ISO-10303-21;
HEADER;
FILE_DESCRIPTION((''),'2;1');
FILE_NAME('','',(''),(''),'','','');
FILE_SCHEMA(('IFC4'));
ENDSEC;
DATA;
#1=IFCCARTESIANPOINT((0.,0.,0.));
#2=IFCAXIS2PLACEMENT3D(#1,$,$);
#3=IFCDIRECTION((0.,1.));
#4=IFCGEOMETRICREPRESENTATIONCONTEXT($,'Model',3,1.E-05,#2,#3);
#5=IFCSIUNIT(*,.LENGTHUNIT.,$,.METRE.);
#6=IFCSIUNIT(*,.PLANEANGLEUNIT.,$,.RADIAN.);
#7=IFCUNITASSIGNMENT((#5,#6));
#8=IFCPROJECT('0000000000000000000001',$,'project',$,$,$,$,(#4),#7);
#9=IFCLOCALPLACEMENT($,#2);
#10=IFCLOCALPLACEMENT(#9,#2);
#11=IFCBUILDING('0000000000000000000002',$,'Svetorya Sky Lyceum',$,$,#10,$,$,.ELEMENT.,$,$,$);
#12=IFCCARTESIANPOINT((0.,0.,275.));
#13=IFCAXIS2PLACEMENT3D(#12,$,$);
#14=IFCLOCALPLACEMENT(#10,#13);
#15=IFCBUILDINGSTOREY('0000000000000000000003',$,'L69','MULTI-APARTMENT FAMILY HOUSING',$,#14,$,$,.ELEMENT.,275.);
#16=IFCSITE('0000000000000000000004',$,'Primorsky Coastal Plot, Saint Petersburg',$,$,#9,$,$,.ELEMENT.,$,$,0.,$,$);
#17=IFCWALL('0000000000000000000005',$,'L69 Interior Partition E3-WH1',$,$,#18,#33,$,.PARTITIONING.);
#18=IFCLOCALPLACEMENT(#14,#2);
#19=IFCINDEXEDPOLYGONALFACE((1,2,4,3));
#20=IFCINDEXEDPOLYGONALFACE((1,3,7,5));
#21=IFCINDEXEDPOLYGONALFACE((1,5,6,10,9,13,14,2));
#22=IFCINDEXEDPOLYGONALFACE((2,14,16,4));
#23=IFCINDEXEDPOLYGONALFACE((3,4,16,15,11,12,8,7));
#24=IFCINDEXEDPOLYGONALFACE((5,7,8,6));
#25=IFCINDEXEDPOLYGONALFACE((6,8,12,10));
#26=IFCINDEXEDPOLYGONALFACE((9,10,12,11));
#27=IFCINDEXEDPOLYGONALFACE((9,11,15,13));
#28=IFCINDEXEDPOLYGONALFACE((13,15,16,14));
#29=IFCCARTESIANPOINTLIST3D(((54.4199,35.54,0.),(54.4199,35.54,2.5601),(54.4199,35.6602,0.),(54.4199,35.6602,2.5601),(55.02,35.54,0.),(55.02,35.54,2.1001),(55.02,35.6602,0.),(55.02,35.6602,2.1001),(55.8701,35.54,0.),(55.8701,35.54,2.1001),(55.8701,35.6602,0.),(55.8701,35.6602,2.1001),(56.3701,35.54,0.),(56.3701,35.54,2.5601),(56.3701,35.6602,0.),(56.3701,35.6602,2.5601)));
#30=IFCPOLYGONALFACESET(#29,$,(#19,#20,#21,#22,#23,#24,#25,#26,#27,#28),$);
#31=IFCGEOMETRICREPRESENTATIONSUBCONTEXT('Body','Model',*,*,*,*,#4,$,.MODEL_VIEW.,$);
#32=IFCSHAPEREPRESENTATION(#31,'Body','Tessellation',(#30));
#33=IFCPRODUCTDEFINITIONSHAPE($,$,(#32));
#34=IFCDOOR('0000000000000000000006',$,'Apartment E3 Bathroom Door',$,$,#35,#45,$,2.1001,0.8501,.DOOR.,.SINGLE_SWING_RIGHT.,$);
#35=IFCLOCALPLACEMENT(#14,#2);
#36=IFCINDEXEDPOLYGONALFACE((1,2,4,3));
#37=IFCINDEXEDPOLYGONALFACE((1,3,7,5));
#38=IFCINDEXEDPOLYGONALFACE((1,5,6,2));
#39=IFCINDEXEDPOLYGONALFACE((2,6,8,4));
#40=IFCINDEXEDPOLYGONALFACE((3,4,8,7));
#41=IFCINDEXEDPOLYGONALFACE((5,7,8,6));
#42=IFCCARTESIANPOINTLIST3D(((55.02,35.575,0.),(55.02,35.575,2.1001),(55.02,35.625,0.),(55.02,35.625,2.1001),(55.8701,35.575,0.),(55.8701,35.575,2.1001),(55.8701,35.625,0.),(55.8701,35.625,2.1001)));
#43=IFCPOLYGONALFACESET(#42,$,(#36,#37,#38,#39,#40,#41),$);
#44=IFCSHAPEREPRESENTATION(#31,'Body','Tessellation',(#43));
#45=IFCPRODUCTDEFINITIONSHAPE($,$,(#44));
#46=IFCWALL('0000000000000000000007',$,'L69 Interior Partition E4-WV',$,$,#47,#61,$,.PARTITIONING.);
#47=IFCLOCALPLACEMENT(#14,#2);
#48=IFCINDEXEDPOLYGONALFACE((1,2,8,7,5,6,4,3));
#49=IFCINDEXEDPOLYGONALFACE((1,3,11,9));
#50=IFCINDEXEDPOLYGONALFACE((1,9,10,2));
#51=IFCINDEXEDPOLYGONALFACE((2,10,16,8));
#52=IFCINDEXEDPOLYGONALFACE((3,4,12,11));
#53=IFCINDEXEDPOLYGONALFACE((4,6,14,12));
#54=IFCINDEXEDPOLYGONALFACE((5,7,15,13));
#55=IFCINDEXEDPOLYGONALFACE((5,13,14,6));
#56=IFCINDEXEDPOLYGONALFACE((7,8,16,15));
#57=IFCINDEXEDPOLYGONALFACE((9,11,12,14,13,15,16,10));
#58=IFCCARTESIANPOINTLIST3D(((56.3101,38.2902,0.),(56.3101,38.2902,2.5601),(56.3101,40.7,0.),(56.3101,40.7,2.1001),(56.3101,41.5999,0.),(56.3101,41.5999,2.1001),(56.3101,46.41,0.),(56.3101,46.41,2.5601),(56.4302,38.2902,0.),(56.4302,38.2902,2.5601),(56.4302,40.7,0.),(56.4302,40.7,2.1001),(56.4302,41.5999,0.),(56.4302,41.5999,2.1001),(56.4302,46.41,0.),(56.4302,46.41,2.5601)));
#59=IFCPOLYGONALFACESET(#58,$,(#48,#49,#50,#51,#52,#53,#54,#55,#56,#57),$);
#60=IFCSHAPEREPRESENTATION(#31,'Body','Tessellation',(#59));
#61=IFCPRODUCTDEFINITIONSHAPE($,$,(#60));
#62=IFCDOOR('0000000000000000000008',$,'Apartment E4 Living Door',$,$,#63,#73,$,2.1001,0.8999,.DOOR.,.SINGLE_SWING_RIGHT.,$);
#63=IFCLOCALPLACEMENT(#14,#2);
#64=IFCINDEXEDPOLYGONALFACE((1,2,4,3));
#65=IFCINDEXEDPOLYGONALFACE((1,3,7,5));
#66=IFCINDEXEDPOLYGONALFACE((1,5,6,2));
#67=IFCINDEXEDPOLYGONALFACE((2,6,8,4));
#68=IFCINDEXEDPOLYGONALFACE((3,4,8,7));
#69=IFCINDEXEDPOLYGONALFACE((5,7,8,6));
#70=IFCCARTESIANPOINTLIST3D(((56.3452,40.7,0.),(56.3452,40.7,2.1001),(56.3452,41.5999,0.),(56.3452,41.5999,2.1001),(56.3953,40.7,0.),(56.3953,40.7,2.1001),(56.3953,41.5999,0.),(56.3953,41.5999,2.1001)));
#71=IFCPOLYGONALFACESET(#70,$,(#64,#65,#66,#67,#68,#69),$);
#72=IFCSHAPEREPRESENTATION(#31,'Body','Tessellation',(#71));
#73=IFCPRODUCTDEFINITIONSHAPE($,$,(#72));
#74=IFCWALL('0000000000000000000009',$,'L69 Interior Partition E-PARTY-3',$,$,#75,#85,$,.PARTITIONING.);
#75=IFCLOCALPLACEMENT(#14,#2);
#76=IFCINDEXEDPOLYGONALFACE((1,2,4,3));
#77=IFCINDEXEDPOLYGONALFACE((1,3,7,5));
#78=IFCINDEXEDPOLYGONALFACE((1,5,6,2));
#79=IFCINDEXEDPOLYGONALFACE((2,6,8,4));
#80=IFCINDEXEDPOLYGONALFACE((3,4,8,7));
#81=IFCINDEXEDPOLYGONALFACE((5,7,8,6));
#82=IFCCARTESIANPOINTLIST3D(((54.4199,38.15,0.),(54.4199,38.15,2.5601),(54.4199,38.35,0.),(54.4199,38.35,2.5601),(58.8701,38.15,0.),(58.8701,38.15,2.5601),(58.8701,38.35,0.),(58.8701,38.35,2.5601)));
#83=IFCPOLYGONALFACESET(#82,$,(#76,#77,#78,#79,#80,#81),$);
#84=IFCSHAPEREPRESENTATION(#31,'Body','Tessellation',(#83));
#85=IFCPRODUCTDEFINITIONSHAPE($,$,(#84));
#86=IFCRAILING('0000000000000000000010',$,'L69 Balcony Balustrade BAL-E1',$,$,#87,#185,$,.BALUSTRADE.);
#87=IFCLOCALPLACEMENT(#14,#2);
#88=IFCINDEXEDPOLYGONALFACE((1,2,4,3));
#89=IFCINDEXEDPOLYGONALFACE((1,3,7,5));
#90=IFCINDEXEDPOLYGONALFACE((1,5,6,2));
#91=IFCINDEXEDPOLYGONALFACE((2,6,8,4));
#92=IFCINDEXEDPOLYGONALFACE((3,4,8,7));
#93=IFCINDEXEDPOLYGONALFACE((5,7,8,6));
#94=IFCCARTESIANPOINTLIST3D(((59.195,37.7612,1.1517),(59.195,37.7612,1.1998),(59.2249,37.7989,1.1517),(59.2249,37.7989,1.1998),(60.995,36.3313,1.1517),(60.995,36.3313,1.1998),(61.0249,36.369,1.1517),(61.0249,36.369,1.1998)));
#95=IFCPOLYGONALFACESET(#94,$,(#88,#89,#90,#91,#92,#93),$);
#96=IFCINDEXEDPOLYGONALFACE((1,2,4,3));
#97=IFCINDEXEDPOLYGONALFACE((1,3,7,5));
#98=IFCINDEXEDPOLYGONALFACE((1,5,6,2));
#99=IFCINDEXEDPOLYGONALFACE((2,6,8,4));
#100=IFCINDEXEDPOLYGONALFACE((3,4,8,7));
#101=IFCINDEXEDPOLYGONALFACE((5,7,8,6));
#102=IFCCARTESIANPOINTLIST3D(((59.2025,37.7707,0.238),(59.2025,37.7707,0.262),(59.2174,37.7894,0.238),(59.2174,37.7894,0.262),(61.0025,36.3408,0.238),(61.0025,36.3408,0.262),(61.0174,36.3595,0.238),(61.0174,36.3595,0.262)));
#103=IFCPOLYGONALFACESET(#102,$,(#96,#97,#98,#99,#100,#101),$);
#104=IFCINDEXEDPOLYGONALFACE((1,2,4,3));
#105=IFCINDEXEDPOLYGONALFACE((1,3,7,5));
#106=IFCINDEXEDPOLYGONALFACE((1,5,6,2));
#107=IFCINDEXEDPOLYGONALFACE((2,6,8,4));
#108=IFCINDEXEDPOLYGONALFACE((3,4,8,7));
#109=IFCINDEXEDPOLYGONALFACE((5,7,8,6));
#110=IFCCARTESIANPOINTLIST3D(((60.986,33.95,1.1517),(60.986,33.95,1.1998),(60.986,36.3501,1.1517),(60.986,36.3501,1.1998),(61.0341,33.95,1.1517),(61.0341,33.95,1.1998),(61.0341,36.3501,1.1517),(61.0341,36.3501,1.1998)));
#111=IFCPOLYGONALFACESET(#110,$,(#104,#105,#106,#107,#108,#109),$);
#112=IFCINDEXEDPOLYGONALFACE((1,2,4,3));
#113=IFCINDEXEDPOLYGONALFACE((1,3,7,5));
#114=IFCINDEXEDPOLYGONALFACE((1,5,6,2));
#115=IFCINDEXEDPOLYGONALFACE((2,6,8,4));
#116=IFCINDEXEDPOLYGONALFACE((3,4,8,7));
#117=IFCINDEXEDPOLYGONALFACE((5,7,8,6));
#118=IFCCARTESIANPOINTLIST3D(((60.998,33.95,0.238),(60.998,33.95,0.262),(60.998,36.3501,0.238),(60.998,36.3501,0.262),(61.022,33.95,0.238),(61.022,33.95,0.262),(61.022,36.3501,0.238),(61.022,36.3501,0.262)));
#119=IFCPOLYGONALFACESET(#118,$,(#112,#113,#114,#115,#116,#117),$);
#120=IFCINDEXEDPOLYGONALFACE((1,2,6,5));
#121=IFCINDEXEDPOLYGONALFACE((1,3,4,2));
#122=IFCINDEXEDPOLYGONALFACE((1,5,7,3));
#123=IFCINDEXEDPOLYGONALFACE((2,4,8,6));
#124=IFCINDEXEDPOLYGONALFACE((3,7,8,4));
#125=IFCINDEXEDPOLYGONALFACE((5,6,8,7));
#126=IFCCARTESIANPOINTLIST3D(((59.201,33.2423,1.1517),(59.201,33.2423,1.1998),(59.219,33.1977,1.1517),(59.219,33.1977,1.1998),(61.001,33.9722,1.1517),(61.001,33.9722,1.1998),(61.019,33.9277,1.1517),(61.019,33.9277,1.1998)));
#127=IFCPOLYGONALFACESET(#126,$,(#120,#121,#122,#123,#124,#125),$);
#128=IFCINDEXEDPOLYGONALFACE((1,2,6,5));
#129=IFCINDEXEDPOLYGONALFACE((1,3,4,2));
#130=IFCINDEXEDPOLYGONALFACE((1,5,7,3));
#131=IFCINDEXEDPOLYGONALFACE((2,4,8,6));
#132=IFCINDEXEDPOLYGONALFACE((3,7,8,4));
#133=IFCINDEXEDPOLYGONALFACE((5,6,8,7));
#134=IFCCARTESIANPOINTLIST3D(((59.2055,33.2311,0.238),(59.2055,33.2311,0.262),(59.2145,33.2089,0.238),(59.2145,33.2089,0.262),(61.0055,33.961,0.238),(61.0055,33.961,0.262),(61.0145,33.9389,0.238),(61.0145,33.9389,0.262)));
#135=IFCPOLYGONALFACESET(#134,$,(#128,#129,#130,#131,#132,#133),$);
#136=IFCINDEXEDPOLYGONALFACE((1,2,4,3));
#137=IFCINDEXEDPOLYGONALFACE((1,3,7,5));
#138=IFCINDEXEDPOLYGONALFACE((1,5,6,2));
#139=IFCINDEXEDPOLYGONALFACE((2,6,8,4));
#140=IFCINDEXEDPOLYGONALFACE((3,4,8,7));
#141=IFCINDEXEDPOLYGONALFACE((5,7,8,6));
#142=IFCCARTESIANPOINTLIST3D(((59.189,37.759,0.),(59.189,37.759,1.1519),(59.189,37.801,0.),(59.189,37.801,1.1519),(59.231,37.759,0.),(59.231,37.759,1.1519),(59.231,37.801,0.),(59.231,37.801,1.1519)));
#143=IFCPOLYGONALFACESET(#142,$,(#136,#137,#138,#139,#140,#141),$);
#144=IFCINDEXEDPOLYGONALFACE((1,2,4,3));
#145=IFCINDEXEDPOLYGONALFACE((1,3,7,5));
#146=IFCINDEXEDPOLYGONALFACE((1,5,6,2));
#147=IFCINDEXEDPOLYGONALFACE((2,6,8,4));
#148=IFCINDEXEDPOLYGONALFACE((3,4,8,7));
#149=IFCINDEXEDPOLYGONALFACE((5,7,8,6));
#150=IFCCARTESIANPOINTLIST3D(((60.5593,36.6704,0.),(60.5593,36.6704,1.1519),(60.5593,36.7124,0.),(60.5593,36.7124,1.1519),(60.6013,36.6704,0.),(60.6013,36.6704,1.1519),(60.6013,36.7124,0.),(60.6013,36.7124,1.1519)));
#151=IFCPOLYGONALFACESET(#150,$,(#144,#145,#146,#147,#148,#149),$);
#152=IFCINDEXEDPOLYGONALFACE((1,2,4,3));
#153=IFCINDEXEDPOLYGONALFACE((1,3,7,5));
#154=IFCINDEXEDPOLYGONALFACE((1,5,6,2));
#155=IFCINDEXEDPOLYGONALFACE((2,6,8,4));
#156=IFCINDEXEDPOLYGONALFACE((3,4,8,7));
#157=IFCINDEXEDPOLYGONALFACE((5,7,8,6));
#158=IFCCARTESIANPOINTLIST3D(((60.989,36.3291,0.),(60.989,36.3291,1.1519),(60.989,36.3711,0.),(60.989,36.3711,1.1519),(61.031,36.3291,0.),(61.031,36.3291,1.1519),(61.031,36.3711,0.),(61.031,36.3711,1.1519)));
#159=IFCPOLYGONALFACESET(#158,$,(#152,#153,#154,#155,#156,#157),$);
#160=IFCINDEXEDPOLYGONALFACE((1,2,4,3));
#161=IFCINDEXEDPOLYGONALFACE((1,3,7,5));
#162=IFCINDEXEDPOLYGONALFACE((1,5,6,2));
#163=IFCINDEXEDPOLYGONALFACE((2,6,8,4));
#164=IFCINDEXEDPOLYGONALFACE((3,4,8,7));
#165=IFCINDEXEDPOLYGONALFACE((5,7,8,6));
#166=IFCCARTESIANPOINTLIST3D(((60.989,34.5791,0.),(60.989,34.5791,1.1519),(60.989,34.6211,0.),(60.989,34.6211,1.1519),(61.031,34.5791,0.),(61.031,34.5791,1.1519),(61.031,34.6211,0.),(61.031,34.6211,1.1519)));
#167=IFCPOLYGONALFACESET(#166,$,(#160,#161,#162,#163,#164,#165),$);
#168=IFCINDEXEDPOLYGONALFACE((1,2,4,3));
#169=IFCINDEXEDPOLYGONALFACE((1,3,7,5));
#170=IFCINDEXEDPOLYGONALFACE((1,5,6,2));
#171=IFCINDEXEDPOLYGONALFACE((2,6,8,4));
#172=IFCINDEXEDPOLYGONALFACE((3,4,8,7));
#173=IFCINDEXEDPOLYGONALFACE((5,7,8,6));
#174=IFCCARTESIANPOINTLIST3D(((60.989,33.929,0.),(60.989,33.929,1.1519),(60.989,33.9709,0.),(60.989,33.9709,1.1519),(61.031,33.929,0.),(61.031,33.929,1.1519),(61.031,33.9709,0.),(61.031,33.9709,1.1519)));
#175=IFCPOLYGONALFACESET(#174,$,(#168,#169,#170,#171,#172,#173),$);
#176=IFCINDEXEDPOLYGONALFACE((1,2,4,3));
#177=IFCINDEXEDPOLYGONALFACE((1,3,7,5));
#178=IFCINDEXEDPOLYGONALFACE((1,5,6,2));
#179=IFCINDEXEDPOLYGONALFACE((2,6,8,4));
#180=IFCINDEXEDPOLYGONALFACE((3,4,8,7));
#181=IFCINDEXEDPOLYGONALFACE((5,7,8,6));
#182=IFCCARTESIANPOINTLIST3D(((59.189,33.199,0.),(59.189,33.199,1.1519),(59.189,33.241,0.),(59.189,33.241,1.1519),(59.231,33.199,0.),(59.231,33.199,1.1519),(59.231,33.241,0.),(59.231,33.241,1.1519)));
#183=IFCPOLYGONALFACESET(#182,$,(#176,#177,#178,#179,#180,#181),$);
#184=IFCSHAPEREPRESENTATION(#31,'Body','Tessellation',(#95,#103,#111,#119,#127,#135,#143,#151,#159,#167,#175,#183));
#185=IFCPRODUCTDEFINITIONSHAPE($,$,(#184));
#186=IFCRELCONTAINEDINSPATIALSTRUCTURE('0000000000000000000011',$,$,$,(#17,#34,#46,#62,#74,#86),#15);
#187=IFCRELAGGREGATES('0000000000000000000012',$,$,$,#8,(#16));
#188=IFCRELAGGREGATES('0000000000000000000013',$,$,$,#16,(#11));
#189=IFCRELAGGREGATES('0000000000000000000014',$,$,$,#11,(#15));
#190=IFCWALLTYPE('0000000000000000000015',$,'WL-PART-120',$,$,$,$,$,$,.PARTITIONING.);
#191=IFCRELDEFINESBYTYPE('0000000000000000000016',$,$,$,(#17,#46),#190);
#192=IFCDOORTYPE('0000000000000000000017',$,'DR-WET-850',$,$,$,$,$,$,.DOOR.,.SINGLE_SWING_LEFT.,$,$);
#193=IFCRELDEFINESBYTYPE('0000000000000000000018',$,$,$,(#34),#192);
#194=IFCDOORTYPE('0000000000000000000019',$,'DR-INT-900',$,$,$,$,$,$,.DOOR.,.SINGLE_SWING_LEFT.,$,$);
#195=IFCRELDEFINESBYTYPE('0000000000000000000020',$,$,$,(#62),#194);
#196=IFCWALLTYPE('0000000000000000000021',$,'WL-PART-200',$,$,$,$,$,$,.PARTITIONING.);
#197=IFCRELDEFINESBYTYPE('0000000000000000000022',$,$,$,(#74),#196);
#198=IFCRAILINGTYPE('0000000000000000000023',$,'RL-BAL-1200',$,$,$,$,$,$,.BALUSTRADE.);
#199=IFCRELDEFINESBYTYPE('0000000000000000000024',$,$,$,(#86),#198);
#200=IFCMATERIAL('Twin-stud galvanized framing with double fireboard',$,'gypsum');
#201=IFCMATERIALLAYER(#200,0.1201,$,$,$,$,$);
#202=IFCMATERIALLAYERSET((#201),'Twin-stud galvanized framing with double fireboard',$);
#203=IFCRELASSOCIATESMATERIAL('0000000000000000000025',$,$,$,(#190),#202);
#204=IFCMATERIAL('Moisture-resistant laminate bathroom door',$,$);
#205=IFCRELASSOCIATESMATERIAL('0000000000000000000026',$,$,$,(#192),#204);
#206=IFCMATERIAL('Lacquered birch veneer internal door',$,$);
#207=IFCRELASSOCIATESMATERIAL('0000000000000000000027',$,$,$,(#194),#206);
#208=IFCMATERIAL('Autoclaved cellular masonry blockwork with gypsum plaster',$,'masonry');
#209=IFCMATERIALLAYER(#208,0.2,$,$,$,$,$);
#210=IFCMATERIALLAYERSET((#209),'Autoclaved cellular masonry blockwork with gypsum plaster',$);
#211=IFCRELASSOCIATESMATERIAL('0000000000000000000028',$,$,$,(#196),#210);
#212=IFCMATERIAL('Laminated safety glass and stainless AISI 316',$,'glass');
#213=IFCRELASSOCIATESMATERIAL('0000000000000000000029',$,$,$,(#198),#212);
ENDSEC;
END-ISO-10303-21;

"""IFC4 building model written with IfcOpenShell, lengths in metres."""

from ifc_helpers import new_model, si_unit, direction, frame, frame_2d, origin, origin_2d, place, context, subcontext, project, spatial, rectangle, extrude, material, layer, layer_set, type_object, element, fill, save


model = new_model("IFC4")

# Units and contexts
model_context = context("Model", 3, precision=1e-05, world=origin(), true_north=direction((0.0, 1.0)))
body_context = subcontext(model_context, "Body", "Model", "MODEL_VIEW")
ifc_project = project(units=[si_unit("LENGTHUNIT", "METRE"), si_unit("PLANEANGLEUNIT", "RADIAN")], contexts=[model_context])

# Site, building, storey
site_placement = place(None, origin())
site = spatial("IfcSite", under=ifc_project, at=site_placement, Name="Primorsky Coastal Plot, Saint Petersburg", CompositionType="ELEMENT", RefElevation=0.0)
building_placement = place(site_placement, origin())
building = spatial("IfcBuilding", under=site, at=building_placement, Name="Svetorya Sky Lyceum", CompositionType="ELEMENT")
storey_placement = place(building_placement, frame((0.0, 0.0, 275.0)))
storey = spatial("IfcBuildingStorey", under=building, at=storey_placement, Name="L69", Description="MULTI-APARTMENT FAMILY HOUSING", CompositionType="ELEMENT", Elevation=275.0)

# Walls, openings, doors
ifc_material_1 = material(Name="Twin-stud galvanized framing with double fireboard", Category="gypsum")
ifc_layer_1 = layer(ifc_material_1, 0.1201)
ifc_layer_set_1 = layer_set([ifc_layer_1], Name="Twin-stud galvanized framing with double fireboard")
wall_type_1 = type_object("IfcWallType", Name="WL-PART-120", PredefinedType="PARTITIONING", material=ifc_layer_set_1)
wall_1_placement = place(storey_placement, frame((54.4199, 35.6001, 0.0), z_axis=(0.0, 0.0, 1.0), x_axis=(1.0, 0.0, 0.0)))
wall_1 = element("IfcWall", 1, at=wall_1_placement, inside=storey, type_object=wall_type_1, Name="L69 Interior Partition E3-WH1", PredefinedType="PARTITIONING", context=body_context, shape_type="SweptSolid", body=[
    extrude(rectangle(XDim=1.9502, YDim=0.1201, at=frame_2d((0.9751, 0.0))), origin(), (0.0, 0.0, 1.0), 2.5601),
])
opening_1_placement = place(wall_1_placement, frame((0.6001, 0.0, 0.0)))
opening_1 = element("IfcOpeningElement", 2, at=opening_1_placement, cuts=wall_1, PredefinedType="OPENING", context=body_context, shape_type="SweptSolid", body=[
    extrude(rectangle(XDim=0.8501, YDim=2.1001, at=frame_2d((0.425, 1.05))), frame((0.0, 0.0701, 0.0), z_axis=(0.0, -1.0, 0.0), x_axis=(1.0, 0.0, 0.0)), (0.0, 0.0, 1.0), 0.1401),
])
ifc_material_2 = material(Name="Moisture-resistant laminate bathroom door")
door_type_1 = type_object("IfcDoorType", Name="DR-WET-850", OperationType="SINGLE_SWING_LEFT", PredefinedType="DOOR", material=ifc_material_2)
door_1_placement = place(opening_1_placement, origin())
door_1 = element("IfcDoor", 3, at=door_1_placement, inside=storey, type_object=door_type_1, Name="Apartment E3 Bathroom Door", OperationType="SINGLE_SWING_RIGHT", OverallHeight=2.1001, OverallWidth=0.8501, PredefinedType="DOOR", context=body_context, shape_type="SweptSolid", body=[
    extrude(rectangle(XDim=0.8501, YDim=2.1001, at=frame_2d((0.425, 1.05))), frame((0.0, 0.0249, 0.0), z_axis=(0.0, -1.0, 0.0), x_axis=(1.0, 0.0, 0.0)), (0.0, 0.0, 1.0), 0.05),
])
fill(opening_1, door_1)
wall_2_placement = place(storey_placement, frame((56.3701, 38.29, 0.0), z_axis=(0.0, 0.0, 1.0), x_axis=(0.0, 1.0, 0.0)))
wall_2 = element("IfcWall", 4, at=wall_2_placement, inside=storey, type_object=wall_type_1, Name="L69 Interior Partition E4-WV", PredefinedType="PARTITIONING", context=body_context, shape_type="SweptSolid", body=[
    extrude(rectangle(XDim=8.1199, YDim=0.1201, at=frame_2d((4.0601, 0.0))), origin(), (0.0, 0.0, 1.0), 2.5601),
])
opening_2_placement = place(wall_2_placement, frame((2.4099, 0.0, 0.0)))
opening_2 = element("IfcOpeningElement", 5, at=opening_2_placement, cuts=wall_2, PredefinedType="OPENING", context=body_context, shape_type="SweptSolid", body=[
    extrude(rectangle(XDim=0.8999, YDim=2.1001, at=frame_2d((0.45, 1.05))), frame((0.0, 0.0701, 0.0), z_axis=(0.0, -1.0, 0.0), x_axis=(1.0, 0.0, 0.0)), (0.0, 0.0, 1.0), 0.1401),
])
ifc_material_3 = material(Name="Lacquered birch veneer internal door")
door_type_2 = type_object("IfcDoorType", Name="DR-INT-900", OperationType="SINGLE_SWING_LEFT", PredefinedType="DOOR", material=ifc_material_3)
door_2_placement = place(opening_2_placement, origin())
door_2 = element("IfcDoor", 6, at=door_2_placement, inside=storey, type_object=door_type_2, Name="Apartment E4 Living Door", OperationType="SINGLE_SWING_RIGHT", OverallHeight=2.1001, OverallWidth=0.8999, PredefinedType="DOOR", context=body_context, shape_type="SweptSolid", body=[
    extrude(rectangle(XDim=0.8999, YDim=2.1001, at=frame_2d((0.45, 1.05))), frame((0.0, 0.0249, 0.0), z_axis=(0.0, -1.0, 0.0), x_axis=(1.0, 0.0, 0.0)), (0.0, 0.0, 1.0), 0.05),
])
fill(opening_2, door_2)

# Shared definitions
ifc_material_4 = material(Name="Autoclaved cellular masonry blockwork with gypsum plaster", Category="masonry")
ifc_layer_2 = layer(ifc_material_4, 0.2)
ifc_layer_set_2 = layer_set([ifc_layer_2], Name="Autoclaved cellular masonry blockwork with gypsum plaster")
wall_type_2 = type_object("IfcWallType", Name="WL-PART-200", PredefinedType="PARTITIONING", material=ifc_layer_set_2)

# Wall
wall_3_placement = place(storey_placement, frame((54.4199, 38.25, 0.0), z_axis=(0.0, 0.0, 1.0), x_axis=(1.0, 0.0, 0.0)))
element("IfcWall", 7, at=wall_3_placement, inside=storey, type_object=wall_type_2, Name="L69 Interior Partition E-PARTY-3", PredefinedType="PARTITIONING", context=body_context, shape_type="SweptSolid", body=[
    extrude(rectangle(XDim=4.4502, YDim=0.2, at=frame_2d((2.2251, 0.0))), origin(), (0.0, 0.0, 1.0), 2.5601),
])

# Railing
ifc_material_5 = material(Name="Laminated safety glass and stainless AISI 316", Category="glass")
railing_type = type_object("IfcRailingType", Name="RL-BAL-1200", PredefinedType="BALUSTRADE", material=ifc_material_5)
railing_placement = place(storey_placement, frame((59.21, 37.78, 0.0)))
element("IfcRailing", 8, at=railing_placement, inside=storey, type_object=railing_type, Name="L69 Balcony Balustrade BAL-E1", PredefinedType="BALUSTRADE", context=body_context, shape_type="SweptSolid", body=[
    extrude(rectangle(XDim=0.0481, YDim=0.0481, at=origin_2d()), frame((0.0, 0.0, 1.1758), z_axis=(0.783009, -0.62201, 0.0), x_axis=(0.62201, 0.783009, 0.0)), (0.0, 0.0, 1.0), 2.2988),
    extrude(rectangle(XDim=0.0239, YDim=0.0239, at=origin_2d()), frame((0.0, 0.0, 0.25), z_axis=(0.783009, -0.62201, 0.0), x_axis=(0.62201, 0.783009, 0.0)), (0.0, 0.0, 1.0), 2.2988),
    extrude(rectangle(XDim=0.0481, YDim=0.0481, at=origin_2d()), frame((1.8, -1.4299, 1.1758), z_axis=(0.0, -1.0, 0.0), x_axis=(1.0, 0.0, 0.0)), (0.0, 0.0, 1.0), 2.4001),
    extrude(rectangle(XDim=0.0239, YDim=0.0239, at=origin_2d()), frame((1.8, -1.4299, 0.25), z_axis=(0.0, -1.0, 0.0), x_axis=(1.0, 0.0, 0.0)), (0.0, 0.0, 1.0), 2.4001),
    extrude(rectangle(XDim=0.0481, YDim=0.0481, at=origin_2d()), frame((1.8, -3.8301, 1.1758), z_axis=(-0.926698, -0.375807, 0.0), x_axis=(0.375807, -0.926698, 0.0)), (0.0, 0.0, 1.0), 1.9424),
    extrude(rectangle(XDim=0.0239, YDim=0.0239, at=origin_2d()), frame((1.8, -3.8301, 0.25), z_axis=(-0.926698, -0.375807, 0.0), x_axis=(0.375807, -0.926698, 0.0)), (0.0, 0.0, 1.0), 1.9424),
    extrude(rectangle(XDim=0.042, YDim=0.042, at=origin_2d()), origin(), (0.0, 0.0, 1.0), 1.1519),
    extrude(rectangle(XDim=0.042, YDim=0.042, at=origin_2d()), frame((1.3704, -1.0886, 0.0)), (0.0, 0.0, 1.0), 1.1519),
    extrude(rectangle(XDim=0.042, YDim=0.042, at=origin_2d()), frame((1.8, -1.4299, 0.0)), (0.0, 0.0, 1.0), 1.1519),
    extrude(rectangle(XDim=0.042, YDim=0.042, at=origin_2d()), frame((1.8, -3.1799, 0.0)), (0.0, 0.0, 1.0), 1.1519),
    extrude(rectangle(XDim=0.042, YDim=0.042, at=origin_2d()), frame((1.8, -3.8301, 0.0)), (0.0, 0.0, 1.0), 1.1519),
    extrude(rectangle(XDim=0.042, YDim=0.042, at=origin_2d()), frame((0.0, -4.5601, 0.0)), (0.0, 0.0, 1.0), 1.1519),
])

save(model, "model.ifc")
